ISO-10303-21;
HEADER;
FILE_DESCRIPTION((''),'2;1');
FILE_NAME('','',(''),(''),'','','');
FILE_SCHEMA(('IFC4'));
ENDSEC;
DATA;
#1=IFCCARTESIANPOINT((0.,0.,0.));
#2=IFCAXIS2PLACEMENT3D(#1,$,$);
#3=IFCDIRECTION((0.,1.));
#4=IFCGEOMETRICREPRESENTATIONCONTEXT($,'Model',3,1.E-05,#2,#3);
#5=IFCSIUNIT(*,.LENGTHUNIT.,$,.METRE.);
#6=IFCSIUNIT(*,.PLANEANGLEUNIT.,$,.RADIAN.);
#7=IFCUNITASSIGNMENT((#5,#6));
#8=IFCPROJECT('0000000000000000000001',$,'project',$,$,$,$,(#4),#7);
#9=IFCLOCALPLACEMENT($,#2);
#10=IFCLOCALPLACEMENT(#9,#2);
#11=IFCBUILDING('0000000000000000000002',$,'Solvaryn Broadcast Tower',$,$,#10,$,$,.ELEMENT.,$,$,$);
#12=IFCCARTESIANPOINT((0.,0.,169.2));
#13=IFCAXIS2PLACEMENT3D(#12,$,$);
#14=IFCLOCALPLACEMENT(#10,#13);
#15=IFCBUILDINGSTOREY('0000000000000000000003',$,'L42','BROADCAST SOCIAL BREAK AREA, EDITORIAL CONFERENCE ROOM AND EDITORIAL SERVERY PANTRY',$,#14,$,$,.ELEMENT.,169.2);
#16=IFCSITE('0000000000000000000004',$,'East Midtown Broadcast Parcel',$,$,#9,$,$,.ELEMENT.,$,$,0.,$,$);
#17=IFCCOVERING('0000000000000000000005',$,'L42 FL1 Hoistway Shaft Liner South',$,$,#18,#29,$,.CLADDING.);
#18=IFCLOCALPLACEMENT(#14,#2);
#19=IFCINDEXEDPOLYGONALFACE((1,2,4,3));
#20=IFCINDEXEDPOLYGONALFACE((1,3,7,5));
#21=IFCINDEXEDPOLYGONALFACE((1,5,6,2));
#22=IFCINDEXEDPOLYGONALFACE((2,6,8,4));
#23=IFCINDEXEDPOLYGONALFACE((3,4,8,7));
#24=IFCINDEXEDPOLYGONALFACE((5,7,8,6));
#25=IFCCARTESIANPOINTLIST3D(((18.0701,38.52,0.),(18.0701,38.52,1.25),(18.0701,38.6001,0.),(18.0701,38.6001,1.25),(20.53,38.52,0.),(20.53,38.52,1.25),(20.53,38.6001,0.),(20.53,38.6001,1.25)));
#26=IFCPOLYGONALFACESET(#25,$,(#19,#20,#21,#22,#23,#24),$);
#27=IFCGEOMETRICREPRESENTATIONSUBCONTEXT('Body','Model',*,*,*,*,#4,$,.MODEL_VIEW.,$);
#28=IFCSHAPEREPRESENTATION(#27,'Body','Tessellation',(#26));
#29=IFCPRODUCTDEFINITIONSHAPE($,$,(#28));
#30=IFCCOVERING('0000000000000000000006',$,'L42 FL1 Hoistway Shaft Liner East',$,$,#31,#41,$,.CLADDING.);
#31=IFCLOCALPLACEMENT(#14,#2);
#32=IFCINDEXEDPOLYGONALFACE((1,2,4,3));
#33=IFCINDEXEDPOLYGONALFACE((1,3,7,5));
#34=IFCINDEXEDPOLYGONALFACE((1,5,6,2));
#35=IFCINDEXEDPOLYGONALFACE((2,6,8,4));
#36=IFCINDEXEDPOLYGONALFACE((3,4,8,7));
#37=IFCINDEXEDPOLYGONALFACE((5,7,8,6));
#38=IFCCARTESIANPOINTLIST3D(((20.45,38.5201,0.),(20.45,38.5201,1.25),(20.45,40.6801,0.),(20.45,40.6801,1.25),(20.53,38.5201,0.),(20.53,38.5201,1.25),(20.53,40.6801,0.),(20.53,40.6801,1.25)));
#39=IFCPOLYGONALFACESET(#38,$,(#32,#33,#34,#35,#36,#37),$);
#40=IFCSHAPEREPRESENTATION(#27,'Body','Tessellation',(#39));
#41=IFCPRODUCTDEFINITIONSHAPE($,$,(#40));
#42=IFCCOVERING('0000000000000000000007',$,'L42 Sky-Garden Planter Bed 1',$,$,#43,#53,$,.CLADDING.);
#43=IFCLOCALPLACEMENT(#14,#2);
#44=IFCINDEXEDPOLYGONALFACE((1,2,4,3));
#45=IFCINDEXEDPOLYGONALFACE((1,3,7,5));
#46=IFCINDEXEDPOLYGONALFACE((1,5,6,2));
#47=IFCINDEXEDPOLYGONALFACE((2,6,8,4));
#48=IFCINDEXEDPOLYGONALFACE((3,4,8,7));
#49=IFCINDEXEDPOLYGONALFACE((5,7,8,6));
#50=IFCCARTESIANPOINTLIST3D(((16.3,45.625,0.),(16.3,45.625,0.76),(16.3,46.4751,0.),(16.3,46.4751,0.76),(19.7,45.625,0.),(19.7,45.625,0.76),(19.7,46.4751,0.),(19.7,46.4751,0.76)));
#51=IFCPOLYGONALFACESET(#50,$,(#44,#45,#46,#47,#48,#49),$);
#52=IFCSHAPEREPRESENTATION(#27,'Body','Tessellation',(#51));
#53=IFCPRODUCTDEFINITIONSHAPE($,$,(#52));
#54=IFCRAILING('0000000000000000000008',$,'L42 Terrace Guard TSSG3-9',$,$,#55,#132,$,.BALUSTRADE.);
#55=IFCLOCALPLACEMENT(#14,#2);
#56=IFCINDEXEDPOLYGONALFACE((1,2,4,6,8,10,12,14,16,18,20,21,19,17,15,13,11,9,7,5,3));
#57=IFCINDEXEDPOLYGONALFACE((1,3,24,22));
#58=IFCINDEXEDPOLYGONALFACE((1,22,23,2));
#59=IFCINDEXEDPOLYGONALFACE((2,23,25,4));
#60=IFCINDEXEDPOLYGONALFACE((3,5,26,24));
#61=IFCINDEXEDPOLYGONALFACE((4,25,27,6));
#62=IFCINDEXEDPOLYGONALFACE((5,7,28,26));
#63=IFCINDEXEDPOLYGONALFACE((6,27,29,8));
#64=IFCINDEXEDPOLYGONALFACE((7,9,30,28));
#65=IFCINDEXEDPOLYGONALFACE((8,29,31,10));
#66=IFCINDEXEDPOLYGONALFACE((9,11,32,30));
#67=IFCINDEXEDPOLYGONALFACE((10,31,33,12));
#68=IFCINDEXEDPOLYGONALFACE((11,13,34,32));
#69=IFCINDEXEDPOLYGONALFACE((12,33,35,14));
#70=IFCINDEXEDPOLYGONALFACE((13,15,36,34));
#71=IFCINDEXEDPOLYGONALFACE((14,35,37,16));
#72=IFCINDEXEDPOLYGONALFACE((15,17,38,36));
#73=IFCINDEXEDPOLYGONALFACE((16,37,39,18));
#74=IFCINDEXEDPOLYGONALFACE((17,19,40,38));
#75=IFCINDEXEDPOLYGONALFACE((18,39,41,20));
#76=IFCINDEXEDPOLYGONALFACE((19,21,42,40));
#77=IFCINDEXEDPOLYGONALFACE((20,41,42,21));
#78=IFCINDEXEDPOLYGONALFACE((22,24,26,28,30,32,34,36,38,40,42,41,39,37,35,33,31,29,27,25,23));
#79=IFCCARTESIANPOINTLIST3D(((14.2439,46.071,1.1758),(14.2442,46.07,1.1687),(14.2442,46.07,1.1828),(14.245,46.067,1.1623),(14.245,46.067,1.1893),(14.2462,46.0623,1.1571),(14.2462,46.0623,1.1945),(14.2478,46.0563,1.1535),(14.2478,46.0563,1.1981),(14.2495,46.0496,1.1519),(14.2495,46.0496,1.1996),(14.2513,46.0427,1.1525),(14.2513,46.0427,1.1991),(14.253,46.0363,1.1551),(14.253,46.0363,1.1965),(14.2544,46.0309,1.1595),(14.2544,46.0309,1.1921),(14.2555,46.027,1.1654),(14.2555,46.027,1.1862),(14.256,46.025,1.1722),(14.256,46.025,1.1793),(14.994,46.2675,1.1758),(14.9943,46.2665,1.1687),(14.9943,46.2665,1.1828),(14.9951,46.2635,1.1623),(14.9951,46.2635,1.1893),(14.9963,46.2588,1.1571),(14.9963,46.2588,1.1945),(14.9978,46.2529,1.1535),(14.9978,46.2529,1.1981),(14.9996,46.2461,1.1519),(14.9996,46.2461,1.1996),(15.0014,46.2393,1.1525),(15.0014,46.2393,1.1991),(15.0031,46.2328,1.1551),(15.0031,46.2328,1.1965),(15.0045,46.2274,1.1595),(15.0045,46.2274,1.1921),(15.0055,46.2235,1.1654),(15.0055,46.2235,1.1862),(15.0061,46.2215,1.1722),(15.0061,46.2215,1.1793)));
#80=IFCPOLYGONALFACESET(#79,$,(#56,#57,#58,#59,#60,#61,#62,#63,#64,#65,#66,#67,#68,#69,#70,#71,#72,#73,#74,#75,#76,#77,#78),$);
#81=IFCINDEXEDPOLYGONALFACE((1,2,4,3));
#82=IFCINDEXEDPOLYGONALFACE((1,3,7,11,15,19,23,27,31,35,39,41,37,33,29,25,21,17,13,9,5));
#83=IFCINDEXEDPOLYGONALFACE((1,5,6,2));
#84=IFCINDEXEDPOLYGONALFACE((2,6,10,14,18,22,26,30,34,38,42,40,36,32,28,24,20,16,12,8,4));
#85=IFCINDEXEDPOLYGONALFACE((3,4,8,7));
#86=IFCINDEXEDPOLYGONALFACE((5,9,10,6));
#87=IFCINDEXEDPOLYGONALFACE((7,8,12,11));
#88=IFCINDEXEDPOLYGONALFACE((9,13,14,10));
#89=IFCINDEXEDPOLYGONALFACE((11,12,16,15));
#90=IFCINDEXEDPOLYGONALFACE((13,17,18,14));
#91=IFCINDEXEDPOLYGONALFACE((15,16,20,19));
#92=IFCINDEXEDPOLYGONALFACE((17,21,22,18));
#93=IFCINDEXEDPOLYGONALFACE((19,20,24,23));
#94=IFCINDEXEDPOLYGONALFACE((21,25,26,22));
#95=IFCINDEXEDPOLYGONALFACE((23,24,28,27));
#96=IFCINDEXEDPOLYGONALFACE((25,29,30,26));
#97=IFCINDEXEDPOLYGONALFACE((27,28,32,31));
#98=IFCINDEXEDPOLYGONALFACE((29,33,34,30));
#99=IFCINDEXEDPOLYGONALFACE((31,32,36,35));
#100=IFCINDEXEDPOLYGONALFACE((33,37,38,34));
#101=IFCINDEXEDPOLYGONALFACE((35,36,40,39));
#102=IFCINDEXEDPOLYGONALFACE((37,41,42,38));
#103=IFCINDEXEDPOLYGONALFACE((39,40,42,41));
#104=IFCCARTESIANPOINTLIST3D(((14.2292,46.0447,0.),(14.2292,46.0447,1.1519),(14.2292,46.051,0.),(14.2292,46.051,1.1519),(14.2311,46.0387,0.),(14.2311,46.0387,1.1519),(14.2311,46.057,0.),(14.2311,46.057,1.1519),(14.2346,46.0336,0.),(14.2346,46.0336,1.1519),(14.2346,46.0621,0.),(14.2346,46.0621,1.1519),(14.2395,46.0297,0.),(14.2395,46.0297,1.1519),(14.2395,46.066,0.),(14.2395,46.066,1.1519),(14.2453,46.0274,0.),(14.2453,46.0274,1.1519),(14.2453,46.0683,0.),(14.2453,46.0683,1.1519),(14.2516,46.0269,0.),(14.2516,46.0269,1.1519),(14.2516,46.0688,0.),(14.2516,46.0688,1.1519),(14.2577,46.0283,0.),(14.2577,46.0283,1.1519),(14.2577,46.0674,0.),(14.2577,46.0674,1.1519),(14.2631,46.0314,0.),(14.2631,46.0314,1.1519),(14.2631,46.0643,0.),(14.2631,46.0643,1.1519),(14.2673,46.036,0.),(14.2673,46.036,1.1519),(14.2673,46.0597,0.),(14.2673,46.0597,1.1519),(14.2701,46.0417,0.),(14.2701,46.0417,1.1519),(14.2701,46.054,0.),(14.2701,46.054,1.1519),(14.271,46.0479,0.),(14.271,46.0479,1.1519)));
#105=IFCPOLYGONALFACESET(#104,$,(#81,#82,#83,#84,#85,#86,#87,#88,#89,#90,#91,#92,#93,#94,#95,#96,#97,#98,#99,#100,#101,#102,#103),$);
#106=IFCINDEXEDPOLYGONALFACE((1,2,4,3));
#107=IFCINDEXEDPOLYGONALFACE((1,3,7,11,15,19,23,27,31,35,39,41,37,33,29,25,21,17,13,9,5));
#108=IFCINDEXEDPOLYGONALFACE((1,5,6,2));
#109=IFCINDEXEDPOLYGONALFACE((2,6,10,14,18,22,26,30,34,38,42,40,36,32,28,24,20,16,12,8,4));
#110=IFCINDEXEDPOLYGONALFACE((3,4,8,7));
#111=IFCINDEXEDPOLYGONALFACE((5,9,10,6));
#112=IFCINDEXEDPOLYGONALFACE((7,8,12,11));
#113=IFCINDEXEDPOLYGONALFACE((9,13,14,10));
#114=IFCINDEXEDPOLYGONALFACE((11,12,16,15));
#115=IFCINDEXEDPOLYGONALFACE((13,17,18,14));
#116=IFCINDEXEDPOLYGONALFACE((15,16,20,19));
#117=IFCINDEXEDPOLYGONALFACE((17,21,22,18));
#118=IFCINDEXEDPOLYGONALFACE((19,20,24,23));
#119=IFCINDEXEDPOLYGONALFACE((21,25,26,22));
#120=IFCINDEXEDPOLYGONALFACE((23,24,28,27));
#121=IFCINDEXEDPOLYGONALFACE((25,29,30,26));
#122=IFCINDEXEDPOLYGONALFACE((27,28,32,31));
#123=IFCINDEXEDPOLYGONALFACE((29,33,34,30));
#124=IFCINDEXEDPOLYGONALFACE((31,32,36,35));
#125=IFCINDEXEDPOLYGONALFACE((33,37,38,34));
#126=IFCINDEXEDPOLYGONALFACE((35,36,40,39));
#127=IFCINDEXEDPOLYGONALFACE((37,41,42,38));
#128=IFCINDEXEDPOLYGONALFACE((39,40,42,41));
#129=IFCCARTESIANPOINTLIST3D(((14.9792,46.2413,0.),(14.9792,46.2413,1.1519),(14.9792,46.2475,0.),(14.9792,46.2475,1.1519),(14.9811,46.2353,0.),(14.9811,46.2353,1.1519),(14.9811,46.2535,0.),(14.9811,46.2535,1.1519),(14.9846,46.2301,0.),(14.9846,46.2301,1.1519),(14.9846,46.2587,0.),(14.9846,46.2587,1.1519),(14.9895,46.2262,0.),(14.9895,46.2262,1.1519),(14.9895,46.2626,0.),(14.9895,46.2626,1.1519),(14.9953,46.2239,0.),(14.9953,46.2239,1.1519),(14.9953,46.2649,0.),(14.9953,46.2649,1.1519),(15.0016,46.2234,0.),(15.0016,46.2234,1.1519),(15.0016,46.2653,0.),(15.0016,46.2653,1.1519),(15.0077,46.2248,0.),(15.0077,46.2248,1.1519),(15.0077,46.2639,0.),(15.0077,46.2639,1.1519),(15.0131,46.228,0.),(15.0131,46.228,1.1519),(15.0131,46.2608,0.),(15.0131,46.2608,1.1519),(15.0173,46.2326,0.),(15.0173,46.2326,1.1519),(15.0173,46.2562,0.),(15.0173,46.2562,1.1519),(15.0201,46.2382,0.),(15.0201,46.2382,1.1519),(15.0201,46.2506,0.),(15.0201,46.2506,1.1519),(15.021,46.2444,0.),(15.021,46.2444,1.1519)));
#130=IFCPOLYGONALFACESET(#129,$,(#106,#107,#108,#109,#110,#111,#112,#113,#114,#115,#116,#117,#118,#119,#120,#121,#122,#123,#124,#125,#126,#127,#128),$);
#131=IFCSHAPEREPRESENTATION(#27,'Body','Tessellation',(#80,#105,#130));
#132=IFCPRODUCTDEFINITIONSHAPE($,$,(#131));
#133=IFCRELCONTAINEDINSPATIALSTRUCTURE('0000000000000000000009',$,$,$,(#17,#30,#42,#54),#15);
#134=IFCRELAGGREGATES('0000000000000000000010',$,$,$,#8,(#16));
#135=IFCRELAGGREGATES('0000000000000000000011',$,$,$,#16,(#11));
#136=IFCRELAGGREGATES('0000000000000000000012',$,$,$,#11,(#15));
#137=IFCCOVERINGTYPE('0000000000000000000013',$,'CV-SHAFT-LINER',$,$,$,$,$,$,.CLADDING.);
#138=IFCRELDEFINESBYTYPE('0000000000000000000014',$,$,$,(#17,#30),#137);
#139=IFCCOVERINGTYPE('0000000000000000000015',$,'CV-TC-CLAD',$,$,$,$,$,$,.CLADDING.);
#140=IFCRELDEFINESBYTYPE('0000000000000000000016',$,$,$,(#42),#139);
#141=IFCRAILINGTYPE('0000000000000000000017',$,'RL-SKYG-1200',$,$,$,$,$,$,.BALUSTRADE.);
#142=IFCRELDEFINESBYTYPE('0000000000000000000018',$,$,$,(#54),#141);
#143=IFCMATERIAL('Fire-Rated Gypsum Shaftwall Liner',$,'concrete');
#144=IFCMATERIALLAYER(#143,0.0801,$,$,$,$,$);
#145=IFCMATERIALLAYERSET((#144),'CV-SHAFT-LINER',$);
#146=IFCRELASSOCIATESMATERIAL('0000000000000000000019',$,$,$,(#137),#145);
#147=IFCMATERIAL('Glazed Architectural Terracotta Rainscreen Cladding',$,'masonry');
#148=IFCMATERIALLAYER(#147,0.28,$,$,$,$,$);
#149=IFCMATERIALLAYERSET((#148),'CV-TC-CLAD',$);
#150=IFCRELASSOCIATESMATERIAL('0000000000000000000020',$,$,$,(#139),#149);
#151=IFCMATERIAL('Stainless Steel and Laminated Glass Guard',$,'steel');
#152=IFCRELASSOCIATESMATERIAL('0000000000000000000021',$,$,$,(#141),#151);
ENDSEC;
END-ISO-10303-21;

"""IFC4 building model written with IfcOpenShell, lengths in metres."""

from ifc_helpers import new_model, si_unit, direction, frame, origin, origin_2d, place, context, subcontext, project, spatial, rectangle, circle, extrude, material, layer, layer_set, type_object, element, save


model = new_model("IFC4")

# Units and contexts
model_context = context("Model", 3, precision=1e-05, world=origin(), true_north=direction((0.0, 1.0)))
body_context = subcontext(model_context, "Body", "Model", "MODEL_VIEW")
ifc_project = project(units=[si_unit("LENGTHUNIT", "METRE"), si_unit("PLANEANGLEUNIT", "RADIAN")], contexts=[model_context])

# Site, building, storey
site_placement = place(None, origin())
site = spatial("IfcSite", under=ifc_project, at=site_placement, Name="East Midtown Broadcast Parcel", CompositionType="ELEMENT", RefElevation=0.0)
building_placement = place(site_placement, origin())
building = spatial("IfcBuilding", under=site, at=building_placement, Name="Solvaryn Broadcast Tower", CompositionType="ELEMENT")
storey_placement = place(building_placement, frame((0.0, 0.0, 169.2)))
storey = spatial("IfcBuildingStorey", under=building, at=storey_placement, Name="L42", Description="BROADCAST SOCIAL BREAK AREA, EDITORIAL CONFERENCE ROOM AND EDITORIAL SERVERY PANTRY", CompositionType="ELEMENT", Elevation=169.2)

# Coverings
ifc_material_1 = material(Name="Fire-Rated Gypsum Shaftwall Liner", Category="concrete")
ifc_layer_1 = layer(ifc_material_1, 0.0801)
ifc_layer_set_1 = layer_set([ifc_layer_1], Name="CV-SHAFT-LINER")
covering_type_1 = type_object("IfcCoveringType", Name="CV-SHAFT-LINER", PredefinedType="CLADDING", material=ifc_layer_set_1)
for number, where, z_axis, x_axis, name in (
    (1, (19.3, 38.5601, 0.0), (0.0, 0.0, 1.0), (1.0, 0.0, 0.0), "L42 FL1 Hoistway Shaft Liner South"),
):
    element("IfcCovering", number, at=place(storey_placement, frame(where, z_axis=z_axis, x_axis=x_axis)), inside=storey, type_object=covering_type_1, Name=name, PredefinedType="CLADDING", context=body_context, shape_type="SweptSolid", body=[
        extrude(rectangle(XDim=2.46, YDim=0.0801, at=origin_2d()), origin(), (0.0, 0.0, 1.0), 1.25),
    ])
covering_1_placement = place(storey_placement, frame((20.49, 39.6001, 0.0), z_axis=(0.0, 0.0, 1.0), x_axis=(1.0, 0.0, 0.0)))
element("IfcCovering", 2, at=covering_1_placement, inside=storey, type_object=covering_type_1, Name="L42 FL1 Hoistway Shaft Liner East", PredefinedType="CLADDING", context=body_context, shape_type="SweptSolid", body=[
    extrude(rectangle(XDim=0.0801, YDim=2.1599, at=origin_2d()), origin(), (0.0, 0.0, 1.0), 1.25),
])
ifc_material_2 = material(Name="Glazed Architectural Terracotta Rainscreen Cladding", Category="masonry")
ifc_layer_2 = layer(ifc_material_2, 0.28)
ifc_layer_set_2 = layer_set([ifc_layer_2], Name="CV-TC-CLAD")
covering_type_2 = type_object("IfcCoveringType", Name="CV-TC-CLAD", PredefinedType="CLADDING", material=ifc_layer_set_2)
covering_2_placement = place(storey_placement, frame((18.0, 46.05, 0.0), z_axis=(0.0, 0.0, 1.0), x_axis=(1.0, 0.0, 0.0)))
element("IfcCovering", 3, at=covering_2_placement, inside=storey, type_object=covering_type_2, Name="L42 Sky-Garden Planter Bed 1", PredefinedType="CLADDING", context=body_context, shape_type="SweptSolid", body=[
    extrude(rectangle(XDim=3.3999, YDim=0.8501, at=origin_2d()), origin(), (0.0, 0.0, 1.0), 0.76),
])

# Railing
ifc_material_3 = material(Name="Stainless Steel and Laminated Glass Guard", Category="steel")
railing_type = type_object("IfcRailingType", Name="RL-SKYG-1200", PredefinedType="BALUSTRADE", material=ifc_material_3)
railing_1_placement = place(storey_placement, frame((14.25, 46.0479, 0.0)))
element("IfcRailing", 4, at=railing_1_placement, inside=storey, type_object=railing_type, Name="L42 Terrace Guard TSSG3-9", PredefinedType="BALUSTRADE", context=body_context, shape_type="SweptSolid", body=[
    extrude(circle(Radius=0.0239, at=origin_2d()), frame((0.0, 0.0, 1.1758), z_axis=(0.967339, 0.253486, 0.0), x_axis=(-0.253486, 0.967339, 0.0)), (0.0, 0.0, 1.0), 0.7754),
    extrude(circle(Radius=0.021, at=origin_2d()), origin(), (0.0, 0.0, 1.0), 1.1519),
    extrude(circle(Radius=0.021, at=origin_2d()), frame((0.75, 0.1965, 0.0)), (0.0, 0.0, 1.0), 1.1519),
])

save(model, "model.ifc")
